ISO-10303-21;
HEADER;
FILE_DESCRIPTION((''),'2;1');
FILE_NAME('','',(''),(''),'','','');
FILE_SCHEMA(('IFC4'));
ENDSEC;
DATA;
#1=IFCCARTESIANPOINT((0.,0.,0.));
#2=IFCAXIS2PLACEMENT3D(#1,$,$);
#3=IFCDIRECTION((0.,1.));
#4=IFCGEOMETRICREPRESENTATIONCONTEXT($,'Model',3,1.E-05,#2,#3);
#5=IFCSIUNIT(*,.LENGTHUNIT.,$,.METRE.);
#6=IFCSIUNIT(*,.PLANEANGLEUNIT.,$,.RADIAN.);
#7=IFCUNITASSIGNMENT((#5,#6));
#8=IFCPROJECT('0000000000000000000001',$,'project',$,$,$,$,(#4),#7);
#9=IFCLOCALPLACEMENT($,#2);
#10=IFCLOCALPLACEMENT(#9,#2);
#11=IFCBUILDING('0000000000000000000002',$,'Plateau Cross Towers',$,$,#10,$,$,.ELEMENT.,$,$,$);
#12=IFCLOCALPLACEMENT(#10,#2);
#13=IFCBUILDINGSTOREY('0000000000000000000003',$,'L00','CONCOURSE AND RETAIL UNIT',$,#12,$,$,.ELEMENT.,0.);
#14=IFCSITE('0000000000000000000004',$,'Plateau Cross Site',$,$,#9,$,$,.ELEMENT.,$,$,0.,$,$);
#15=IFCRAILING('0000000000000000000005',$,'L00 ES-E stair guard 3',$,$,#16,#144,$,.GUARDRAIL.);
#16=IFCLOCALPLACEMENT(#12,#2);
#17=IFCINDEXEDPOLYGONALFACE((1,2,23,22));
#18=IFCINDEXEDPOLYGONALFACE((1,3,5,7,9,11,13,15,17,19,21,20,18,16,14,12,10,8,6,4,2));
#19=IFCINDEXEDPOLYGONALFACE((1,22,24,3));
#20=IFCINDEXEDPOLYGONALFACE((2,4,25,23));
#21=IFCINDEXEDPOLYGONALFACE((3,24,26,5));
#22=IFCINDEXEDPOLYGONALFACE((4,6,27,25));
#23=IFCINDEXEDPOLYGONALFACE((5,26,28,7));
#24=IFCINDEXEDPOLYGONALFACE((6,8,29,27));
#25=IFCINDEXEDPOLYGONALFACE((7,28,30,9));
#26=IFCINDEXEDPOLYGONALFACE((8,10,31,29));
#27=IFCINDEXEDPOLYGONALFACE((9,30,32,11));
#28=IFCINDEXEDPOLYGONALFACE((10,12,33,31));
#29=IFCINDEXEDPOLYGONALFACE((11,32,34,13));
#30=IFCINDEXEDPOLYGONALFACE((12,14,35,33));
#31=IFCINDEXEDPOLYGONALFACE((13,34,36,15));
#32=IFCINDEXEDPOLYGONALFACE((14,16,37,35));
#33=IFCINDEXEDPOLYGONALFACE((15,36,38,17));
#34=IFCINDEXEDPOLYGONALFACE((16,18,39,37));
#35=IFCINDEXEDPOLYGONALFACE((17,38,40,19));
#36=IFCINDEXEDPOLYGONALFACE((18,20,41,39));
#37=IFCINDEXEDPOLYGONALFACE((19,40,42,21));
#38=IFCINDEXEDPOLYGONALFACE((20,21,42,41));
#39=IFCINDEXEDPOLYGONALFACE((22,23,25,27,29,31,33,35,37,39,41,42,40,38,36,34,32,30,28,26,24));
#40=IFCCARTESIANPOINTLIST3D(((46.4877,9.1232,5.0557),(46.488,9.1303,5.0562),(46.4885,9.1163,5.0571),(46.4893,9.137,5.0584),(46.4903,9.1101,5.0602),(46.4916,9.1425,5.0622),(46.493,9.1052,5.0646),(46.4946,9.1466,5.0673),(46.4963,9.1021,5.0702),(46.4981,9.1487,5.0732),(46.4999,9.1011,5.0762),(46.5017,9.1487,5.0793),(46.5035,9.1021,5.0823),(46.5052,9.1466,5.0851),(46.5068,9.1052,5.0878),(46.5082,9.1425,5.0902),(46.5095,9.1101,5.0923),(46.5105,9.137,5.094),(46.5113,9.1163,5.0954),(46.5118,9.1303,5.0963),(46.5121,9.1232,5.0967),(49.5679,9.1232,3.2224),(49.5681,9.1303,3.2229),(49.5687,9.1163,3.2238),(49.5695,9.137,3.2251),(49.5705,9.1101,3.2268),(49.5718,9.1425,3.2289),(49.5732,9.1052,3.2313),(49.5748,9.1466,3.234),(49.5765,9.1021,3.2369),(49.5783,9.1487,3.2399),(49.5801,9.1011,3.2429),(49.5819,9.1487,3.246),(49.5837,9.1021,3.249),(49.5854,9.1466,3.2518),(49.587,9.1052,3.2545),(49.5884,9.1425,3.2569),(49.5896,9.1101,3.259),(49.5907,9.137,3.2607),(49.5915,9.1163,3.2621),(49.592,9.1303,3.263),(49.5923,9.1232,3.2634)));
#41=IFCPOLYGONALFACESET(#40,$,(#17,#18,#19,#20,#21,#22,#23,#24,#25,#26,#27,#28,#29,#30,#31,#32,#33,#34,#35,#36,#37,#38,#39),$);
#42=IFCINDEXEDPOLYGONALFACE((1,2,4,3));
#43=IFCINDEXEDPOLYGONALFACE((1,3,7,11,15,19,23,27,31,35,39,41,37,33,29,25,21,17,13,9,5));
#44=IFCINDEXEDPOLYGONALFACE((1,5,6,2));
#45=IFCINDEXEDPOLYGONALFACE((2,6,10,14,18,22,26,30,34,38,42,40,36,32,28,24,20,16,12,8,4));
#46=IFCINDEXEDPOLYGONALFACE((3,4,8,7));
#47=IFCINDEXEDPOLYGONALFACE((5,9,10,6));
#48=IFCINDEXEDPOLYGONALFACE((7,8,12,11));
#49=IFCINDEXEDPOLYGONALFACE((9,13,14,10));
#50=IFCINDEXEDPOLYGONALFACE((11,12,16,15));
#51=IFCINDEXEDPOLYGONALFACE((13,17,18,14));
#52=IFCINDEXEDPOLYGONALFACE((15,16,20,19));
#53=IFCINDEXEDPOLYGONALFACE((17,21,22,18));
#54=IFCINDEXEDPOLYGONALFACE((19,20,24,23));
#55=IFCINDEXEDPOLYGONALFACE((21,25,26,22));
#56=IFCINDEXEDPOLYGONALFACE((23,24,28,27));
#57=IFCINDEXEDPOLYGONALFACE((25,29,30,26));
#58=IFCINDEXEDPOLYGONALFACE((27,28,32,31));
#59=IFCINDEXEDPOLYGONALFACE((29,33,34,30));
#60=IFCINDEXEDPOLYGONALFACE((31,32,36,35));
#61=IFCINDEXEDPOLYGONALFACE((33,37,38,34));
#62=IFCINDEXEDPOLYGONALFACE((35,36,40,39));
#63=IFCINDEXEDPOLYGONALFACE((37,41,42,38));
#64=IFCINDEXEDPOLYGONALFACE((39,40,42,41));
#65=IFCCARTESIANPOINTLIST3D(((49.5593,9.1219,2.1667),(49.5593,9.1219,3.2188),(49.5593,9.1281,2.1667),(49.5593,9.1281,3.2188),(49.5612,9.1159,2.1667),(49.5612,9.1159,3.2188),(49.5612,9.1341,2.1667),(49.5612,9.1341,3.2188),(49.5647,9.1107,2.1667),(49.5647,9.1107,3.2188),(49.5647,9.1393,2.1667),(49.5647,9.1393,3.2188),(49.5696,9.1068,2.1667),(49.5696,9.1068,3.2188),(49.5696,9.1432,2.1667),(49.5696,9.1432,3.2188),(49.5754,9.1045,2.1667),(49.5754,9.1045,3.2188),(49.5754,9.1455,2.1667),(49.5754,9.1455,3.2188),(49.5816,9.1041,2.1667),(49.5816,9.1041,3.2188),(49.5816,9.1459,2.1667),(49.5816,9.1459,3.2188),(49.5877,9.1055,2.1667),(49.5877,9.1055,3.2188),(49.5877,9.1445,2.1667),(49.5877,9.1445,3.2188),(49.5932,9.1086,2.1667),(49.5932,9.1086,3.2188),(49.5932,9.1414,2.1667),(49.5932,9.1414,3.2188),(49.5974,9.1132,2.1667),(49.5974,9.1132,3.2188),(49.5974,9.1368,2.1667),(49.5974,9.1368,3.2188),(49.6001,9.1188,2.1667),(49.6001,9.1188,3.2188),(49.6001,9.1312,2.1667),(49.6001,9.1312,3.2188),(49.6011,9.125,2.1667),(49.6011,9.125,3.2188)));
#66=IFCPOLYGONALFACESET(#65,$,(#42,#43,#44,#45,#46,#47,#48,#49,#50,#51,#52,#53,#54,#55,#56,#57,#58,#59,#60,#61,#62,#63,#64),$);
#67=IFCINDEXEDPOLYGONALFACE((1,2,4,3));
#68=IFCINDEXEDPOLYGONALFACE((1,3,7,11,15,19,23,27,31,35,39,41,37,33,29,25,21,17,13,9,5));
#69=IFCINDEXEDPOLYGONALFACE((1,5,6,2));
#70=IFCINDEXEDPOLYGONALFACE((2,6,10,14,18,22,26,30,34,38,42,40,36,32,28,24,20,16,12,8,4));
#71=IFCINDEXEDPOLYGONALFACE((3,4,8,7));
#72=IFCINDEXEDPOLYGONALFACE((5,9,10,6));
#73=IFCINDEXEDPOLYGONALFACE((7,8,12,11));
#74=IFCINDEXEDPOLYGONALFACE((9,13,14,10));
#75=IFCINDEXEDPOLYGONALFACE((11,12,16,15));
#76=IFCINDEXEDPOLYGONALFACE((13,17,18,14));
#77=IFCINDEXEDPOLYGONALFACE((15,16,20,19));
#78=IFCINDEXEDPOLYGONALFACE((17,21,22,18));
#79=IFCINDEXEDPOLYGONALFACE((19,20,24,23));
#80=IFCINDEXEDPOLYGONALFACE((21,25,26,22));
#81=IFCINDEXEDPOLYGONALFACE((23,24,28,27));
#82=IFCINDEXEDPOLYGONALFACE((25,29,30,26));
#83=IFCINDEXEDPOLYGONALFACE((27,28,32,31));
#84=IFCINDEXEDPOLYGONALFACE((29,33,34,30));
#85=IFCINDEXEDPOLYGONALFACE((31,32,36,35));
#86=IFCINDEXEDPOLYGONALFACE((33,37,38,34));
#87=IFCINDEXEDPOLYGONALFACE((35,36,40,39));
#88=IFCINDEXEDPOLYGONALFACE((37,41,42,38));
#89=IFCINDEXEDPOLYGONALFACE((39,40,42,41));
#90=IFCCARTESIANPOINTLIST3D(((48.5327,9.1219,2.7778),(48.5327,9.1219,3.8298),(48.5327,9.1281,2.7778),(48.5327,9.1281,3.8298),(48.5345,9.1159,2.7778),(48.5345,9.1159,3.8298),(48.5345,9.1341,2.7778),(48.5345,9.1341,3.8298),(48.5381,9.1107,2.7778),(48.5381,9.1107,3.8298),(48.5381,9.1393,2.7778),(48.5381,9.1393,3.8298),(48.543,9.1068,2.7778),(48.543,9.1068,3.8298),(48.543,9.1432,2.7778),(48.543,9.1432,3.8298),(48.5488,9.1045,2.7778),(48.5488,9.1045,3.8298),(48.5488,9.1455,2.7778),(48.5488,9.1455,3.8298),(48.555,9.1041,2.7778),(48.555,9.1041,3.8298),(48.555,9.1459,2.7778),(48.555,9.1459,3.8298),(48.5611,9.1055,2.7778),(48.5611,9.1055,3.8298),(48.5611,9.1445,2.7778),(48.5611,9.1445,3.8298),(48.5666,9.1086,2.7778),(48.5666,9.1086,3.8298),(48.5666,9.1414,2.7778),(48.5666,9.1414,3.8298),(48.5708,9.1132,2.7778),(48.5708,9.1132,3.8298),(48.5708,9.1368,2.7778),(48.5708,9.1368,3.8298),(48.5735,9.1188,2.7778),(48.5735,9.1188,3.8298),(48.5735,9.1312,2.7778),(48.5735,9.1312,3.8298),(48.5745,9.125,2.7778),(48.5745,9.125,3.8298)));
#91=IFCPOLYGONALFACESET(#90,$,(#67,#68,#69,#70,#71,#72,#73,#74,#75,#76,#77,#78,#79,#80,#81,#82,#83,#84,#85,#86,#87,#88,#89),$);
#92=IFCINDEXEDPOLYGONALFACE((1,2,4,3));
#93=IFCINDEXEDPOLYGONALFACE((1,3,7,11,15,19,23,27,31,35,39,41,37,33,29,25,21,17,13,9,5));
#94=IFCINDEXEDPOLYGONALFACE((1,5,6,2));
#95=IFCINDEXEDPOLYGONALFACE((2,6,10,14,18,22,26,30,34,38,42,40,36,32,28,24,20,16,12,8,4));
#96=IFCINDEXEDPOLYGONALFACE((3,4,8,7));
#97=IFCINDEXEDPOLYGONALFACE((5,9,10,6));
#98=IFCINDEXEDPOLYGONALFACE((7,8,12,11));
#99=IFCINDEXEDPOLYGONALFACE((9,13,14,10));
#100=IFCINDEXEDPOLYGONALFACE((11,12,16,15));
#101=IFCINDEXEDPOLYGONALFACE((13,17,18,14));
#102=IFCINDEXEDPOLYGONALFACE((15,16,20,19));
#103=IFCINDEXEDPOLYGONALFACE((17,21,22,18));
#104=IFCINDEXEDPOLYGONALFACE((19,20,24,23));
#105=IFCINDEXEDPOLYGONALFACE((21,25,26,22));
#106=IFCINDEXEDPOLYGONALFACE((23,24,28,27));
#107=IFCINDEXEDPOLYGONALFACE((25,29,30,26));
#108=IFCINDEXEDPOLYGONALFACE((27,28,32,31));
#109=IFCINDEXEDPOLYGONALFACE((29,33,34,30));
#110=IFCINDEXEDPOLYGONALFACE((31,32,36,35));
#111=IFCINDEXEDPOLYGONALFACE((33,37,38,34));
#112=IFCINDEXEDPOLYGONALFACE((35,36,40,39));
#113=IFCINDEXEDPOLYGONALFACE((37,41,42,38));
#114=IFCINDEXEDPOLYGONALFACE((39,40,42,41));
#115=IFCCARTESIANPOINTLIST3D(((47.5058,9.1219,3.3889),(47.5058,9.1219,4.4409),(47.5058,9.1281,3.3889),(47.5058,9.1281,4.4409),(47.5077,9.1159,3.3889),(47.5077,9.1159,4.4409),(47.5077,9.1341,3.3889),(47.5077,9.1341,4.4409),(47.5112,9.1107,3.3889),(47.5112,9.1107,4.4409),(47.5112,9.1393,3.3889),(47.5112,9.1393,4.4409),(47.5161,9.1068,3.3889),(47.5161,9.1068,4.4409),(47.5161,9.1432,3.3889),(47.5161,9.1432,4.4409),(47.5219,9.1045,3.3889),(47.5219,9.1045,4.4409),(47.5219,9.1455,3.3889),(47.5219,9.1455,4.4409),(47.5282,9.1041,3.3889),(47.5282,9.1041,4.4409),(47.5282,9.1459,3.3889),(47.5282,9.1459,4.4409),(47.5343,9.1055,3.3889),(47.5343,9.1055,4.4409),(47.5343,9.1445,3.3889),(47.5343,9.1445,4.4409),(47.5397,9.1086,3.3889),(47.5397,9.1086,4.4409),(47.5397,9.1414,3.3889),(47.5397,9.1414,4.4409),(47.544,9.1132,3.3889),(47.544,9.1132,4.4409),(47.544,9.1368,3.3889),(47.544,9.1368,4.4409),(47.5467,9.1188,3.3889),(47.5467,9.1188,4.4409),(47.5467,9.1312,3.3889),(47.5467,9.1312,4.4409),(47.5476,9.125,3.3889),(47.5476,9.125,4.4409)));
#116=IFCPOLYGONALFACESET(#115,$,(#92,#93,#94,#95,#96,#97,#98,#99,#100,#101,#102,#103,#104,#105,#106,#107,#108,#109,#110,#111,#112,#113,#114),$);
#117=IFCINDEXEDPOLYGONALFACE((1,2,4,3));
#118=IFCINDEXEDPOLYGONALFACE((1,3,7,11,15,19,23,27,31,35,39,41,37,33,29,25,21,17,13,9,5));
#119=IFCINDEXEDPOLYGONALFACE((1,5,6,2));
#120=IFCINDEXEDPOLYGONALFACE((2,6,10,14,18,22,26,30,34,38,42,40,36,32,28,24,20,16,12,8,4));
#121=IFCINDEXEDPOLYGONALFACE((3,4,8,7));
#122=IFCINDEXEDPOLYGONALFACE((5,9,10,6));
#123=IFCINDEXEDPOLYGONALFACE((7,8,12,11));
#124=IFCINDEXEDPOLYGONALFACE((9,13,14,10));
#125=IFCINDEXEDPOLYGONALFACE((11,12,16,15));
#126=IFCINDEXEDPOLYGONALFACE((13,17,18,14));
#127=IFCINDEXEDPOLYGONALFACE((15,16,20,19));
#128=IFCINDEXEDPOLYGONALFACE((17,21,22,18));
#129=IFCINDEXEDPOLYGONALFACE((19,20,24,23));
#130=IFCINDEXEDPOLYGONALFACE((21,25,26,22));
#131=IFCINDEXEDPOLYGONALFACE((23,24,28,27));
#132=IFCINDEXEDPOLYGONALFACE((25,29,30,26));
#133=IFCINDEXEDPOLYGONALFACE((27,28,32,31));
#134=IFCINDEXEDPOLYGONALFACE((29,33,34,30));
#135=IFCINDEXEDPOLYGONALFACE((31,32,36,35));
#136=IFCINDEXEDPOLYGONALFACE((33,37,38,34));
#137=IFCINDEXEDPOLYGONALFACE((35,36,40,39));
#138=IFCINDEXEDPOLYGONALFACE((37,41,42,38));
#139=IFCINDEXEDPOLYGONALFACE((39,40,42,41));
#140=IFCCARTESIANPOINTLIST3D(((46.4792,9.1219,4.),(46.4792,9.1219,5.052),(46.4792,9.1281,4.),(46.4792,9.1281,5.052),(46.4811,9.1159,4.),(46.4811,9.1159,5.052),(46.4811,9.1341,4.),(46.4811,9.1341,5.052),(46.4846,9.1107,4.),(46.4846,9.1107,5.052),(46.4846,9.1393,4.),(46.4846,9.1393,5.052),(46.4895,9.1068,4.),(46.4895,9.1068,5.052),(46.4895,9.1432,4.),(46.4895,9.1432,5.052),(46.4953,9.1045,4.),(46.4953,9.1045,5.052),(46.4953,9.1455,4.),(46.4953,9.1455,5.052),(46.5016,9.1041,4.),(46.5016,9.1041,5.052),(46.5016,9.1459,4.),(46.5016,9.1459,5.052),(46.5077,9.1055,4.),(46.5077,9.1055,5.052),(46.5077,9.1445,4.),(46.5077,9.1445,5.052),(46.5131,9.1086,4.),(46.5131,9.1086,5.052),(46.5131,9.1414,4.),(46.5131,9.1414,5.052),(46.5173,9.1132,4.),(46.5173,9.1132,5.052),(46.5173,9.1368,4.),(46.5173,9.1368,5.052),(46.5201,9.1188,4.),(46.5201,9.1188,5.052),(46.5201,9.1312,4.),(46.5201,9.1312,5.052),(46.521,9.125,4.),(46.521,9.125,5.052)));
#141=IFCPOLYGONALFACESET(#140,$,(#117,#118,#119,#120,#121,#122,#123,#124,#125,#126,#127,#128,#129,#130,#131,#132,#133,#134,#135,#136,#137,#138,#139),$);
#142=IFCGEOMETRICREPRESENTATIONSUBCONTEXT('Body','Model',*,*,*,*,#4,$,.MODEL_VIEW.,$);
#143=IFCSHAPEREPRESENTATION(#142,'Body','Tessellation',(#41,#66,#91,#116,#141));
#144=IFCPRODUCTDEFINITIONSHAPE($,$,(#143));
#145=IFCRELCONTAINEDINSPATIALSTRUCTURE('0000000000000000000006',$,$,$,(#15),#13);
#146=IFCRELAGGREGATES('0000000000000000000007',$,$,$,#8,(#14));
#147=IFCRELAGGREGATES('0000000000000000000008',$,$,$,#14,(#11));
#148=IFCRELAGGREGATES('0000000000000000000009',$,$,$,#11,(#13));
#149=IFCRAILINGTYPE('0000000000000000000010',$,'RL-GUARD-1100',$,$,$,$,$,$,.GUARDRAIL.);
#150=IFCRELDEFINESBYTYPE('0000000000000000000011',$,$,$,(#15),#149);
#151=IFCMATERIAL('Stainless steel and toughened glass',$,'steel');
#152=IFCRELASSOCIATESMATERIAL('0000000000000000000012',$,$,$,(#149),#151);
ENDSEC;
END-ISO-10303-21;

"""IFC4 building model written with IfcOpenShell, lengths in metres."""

from ifc_helpers import new_model, si_unit, direction, frame, origin, origin_2d, place, context, subcontext, project, spatial, circle, extrude, material, type_object, element, save


model = new_model("IFC4")

# Units and contexts
model_context = context("Model", 3, precision=1e-05, world=origin(), true_north=direction((0.0, 1.0)))
body_context = subcontext(model_context, "Body", "Model", "MODEL_VIEW")
ifc_project = project(units=[si_unit("LENGTHUNIT", "METRE"), si_unit("PLANEANGLEUNIT", "RADIAN")], contexts=[model_context])

# Site, building, storey
site_placement = place(None, origin())
site = spatial("IfcSite", under=ifc_project, at=site_placement, Name="Plateau Cross Site", CompositionType="ELEMENT", RefElevation=0.0)
building_placement = place(site_placement, origin())
building = spatial("IfcBuilding", under=site, at=building_placement, Name="Plateau Cross Towers", CompositionType="ELEMENT")
storey_placement = place(building_placement, origin())
storey = spatial("IfcBuildingStorey", under=building, at=storey_placement, Name="L00", Description="CONCOURSE AND RETAIL UNIT", CompositionType="ELEMENT", Elevation=0.0)

# Railing
ifc_material_1 = material(Name="Stainless steel and toughened glass", Category="steel")
railing_type_1 = type_object("IfcRailingType", Name="RL-GUARD-1100", PredefinedType="GUARDRAIL", material=ifc_material_1)
railing_1_placement = place(storey_placement, frame((49.5801, 9.125, 2.1667)))
element("IfcRailing", 1, at=railing_1_placement, inside=storey, type_object=railing_type_1, Name="L00 ES-E stair guard 3", PredefinedType="GUARDRAIL", context=body_context, shape_type="SweptSolid", body=[
    extrude(circle(Radius=0.0239, at=origin_2d()), frame((0.0, 0.0, 1.0762), z_axis=(-0.859309, 0.0, 0.511458), x_axis=(0.0, -1.0, 0.0)), (0.0, 0.0, 1.0), 3.5845),
    extrude(circle(Radius=0.021, at=origin_2d()), origin(), (0.0, 0.0, 1.0), 1.052),
    extrude(circle(Radius=0.021, at=origin_2d()), frame((-1.0266, 0.0, 0.6111)), (0.0, 0.0, 1.0), 1.052),
    extrude(circle(Radius=0.021, at=origin_2d()), frame((-2.0535, 0.0, 1.2222)), (0.0, 0.0, 1.0), 1.052),
    extrude(circle(Radius=0.021, at=origin_2d()), frame((-3.0801, 0.0, 1.8333)), (0.0, 0.0, 1.0), 1.052),
])

save(model, "model.ifc")
